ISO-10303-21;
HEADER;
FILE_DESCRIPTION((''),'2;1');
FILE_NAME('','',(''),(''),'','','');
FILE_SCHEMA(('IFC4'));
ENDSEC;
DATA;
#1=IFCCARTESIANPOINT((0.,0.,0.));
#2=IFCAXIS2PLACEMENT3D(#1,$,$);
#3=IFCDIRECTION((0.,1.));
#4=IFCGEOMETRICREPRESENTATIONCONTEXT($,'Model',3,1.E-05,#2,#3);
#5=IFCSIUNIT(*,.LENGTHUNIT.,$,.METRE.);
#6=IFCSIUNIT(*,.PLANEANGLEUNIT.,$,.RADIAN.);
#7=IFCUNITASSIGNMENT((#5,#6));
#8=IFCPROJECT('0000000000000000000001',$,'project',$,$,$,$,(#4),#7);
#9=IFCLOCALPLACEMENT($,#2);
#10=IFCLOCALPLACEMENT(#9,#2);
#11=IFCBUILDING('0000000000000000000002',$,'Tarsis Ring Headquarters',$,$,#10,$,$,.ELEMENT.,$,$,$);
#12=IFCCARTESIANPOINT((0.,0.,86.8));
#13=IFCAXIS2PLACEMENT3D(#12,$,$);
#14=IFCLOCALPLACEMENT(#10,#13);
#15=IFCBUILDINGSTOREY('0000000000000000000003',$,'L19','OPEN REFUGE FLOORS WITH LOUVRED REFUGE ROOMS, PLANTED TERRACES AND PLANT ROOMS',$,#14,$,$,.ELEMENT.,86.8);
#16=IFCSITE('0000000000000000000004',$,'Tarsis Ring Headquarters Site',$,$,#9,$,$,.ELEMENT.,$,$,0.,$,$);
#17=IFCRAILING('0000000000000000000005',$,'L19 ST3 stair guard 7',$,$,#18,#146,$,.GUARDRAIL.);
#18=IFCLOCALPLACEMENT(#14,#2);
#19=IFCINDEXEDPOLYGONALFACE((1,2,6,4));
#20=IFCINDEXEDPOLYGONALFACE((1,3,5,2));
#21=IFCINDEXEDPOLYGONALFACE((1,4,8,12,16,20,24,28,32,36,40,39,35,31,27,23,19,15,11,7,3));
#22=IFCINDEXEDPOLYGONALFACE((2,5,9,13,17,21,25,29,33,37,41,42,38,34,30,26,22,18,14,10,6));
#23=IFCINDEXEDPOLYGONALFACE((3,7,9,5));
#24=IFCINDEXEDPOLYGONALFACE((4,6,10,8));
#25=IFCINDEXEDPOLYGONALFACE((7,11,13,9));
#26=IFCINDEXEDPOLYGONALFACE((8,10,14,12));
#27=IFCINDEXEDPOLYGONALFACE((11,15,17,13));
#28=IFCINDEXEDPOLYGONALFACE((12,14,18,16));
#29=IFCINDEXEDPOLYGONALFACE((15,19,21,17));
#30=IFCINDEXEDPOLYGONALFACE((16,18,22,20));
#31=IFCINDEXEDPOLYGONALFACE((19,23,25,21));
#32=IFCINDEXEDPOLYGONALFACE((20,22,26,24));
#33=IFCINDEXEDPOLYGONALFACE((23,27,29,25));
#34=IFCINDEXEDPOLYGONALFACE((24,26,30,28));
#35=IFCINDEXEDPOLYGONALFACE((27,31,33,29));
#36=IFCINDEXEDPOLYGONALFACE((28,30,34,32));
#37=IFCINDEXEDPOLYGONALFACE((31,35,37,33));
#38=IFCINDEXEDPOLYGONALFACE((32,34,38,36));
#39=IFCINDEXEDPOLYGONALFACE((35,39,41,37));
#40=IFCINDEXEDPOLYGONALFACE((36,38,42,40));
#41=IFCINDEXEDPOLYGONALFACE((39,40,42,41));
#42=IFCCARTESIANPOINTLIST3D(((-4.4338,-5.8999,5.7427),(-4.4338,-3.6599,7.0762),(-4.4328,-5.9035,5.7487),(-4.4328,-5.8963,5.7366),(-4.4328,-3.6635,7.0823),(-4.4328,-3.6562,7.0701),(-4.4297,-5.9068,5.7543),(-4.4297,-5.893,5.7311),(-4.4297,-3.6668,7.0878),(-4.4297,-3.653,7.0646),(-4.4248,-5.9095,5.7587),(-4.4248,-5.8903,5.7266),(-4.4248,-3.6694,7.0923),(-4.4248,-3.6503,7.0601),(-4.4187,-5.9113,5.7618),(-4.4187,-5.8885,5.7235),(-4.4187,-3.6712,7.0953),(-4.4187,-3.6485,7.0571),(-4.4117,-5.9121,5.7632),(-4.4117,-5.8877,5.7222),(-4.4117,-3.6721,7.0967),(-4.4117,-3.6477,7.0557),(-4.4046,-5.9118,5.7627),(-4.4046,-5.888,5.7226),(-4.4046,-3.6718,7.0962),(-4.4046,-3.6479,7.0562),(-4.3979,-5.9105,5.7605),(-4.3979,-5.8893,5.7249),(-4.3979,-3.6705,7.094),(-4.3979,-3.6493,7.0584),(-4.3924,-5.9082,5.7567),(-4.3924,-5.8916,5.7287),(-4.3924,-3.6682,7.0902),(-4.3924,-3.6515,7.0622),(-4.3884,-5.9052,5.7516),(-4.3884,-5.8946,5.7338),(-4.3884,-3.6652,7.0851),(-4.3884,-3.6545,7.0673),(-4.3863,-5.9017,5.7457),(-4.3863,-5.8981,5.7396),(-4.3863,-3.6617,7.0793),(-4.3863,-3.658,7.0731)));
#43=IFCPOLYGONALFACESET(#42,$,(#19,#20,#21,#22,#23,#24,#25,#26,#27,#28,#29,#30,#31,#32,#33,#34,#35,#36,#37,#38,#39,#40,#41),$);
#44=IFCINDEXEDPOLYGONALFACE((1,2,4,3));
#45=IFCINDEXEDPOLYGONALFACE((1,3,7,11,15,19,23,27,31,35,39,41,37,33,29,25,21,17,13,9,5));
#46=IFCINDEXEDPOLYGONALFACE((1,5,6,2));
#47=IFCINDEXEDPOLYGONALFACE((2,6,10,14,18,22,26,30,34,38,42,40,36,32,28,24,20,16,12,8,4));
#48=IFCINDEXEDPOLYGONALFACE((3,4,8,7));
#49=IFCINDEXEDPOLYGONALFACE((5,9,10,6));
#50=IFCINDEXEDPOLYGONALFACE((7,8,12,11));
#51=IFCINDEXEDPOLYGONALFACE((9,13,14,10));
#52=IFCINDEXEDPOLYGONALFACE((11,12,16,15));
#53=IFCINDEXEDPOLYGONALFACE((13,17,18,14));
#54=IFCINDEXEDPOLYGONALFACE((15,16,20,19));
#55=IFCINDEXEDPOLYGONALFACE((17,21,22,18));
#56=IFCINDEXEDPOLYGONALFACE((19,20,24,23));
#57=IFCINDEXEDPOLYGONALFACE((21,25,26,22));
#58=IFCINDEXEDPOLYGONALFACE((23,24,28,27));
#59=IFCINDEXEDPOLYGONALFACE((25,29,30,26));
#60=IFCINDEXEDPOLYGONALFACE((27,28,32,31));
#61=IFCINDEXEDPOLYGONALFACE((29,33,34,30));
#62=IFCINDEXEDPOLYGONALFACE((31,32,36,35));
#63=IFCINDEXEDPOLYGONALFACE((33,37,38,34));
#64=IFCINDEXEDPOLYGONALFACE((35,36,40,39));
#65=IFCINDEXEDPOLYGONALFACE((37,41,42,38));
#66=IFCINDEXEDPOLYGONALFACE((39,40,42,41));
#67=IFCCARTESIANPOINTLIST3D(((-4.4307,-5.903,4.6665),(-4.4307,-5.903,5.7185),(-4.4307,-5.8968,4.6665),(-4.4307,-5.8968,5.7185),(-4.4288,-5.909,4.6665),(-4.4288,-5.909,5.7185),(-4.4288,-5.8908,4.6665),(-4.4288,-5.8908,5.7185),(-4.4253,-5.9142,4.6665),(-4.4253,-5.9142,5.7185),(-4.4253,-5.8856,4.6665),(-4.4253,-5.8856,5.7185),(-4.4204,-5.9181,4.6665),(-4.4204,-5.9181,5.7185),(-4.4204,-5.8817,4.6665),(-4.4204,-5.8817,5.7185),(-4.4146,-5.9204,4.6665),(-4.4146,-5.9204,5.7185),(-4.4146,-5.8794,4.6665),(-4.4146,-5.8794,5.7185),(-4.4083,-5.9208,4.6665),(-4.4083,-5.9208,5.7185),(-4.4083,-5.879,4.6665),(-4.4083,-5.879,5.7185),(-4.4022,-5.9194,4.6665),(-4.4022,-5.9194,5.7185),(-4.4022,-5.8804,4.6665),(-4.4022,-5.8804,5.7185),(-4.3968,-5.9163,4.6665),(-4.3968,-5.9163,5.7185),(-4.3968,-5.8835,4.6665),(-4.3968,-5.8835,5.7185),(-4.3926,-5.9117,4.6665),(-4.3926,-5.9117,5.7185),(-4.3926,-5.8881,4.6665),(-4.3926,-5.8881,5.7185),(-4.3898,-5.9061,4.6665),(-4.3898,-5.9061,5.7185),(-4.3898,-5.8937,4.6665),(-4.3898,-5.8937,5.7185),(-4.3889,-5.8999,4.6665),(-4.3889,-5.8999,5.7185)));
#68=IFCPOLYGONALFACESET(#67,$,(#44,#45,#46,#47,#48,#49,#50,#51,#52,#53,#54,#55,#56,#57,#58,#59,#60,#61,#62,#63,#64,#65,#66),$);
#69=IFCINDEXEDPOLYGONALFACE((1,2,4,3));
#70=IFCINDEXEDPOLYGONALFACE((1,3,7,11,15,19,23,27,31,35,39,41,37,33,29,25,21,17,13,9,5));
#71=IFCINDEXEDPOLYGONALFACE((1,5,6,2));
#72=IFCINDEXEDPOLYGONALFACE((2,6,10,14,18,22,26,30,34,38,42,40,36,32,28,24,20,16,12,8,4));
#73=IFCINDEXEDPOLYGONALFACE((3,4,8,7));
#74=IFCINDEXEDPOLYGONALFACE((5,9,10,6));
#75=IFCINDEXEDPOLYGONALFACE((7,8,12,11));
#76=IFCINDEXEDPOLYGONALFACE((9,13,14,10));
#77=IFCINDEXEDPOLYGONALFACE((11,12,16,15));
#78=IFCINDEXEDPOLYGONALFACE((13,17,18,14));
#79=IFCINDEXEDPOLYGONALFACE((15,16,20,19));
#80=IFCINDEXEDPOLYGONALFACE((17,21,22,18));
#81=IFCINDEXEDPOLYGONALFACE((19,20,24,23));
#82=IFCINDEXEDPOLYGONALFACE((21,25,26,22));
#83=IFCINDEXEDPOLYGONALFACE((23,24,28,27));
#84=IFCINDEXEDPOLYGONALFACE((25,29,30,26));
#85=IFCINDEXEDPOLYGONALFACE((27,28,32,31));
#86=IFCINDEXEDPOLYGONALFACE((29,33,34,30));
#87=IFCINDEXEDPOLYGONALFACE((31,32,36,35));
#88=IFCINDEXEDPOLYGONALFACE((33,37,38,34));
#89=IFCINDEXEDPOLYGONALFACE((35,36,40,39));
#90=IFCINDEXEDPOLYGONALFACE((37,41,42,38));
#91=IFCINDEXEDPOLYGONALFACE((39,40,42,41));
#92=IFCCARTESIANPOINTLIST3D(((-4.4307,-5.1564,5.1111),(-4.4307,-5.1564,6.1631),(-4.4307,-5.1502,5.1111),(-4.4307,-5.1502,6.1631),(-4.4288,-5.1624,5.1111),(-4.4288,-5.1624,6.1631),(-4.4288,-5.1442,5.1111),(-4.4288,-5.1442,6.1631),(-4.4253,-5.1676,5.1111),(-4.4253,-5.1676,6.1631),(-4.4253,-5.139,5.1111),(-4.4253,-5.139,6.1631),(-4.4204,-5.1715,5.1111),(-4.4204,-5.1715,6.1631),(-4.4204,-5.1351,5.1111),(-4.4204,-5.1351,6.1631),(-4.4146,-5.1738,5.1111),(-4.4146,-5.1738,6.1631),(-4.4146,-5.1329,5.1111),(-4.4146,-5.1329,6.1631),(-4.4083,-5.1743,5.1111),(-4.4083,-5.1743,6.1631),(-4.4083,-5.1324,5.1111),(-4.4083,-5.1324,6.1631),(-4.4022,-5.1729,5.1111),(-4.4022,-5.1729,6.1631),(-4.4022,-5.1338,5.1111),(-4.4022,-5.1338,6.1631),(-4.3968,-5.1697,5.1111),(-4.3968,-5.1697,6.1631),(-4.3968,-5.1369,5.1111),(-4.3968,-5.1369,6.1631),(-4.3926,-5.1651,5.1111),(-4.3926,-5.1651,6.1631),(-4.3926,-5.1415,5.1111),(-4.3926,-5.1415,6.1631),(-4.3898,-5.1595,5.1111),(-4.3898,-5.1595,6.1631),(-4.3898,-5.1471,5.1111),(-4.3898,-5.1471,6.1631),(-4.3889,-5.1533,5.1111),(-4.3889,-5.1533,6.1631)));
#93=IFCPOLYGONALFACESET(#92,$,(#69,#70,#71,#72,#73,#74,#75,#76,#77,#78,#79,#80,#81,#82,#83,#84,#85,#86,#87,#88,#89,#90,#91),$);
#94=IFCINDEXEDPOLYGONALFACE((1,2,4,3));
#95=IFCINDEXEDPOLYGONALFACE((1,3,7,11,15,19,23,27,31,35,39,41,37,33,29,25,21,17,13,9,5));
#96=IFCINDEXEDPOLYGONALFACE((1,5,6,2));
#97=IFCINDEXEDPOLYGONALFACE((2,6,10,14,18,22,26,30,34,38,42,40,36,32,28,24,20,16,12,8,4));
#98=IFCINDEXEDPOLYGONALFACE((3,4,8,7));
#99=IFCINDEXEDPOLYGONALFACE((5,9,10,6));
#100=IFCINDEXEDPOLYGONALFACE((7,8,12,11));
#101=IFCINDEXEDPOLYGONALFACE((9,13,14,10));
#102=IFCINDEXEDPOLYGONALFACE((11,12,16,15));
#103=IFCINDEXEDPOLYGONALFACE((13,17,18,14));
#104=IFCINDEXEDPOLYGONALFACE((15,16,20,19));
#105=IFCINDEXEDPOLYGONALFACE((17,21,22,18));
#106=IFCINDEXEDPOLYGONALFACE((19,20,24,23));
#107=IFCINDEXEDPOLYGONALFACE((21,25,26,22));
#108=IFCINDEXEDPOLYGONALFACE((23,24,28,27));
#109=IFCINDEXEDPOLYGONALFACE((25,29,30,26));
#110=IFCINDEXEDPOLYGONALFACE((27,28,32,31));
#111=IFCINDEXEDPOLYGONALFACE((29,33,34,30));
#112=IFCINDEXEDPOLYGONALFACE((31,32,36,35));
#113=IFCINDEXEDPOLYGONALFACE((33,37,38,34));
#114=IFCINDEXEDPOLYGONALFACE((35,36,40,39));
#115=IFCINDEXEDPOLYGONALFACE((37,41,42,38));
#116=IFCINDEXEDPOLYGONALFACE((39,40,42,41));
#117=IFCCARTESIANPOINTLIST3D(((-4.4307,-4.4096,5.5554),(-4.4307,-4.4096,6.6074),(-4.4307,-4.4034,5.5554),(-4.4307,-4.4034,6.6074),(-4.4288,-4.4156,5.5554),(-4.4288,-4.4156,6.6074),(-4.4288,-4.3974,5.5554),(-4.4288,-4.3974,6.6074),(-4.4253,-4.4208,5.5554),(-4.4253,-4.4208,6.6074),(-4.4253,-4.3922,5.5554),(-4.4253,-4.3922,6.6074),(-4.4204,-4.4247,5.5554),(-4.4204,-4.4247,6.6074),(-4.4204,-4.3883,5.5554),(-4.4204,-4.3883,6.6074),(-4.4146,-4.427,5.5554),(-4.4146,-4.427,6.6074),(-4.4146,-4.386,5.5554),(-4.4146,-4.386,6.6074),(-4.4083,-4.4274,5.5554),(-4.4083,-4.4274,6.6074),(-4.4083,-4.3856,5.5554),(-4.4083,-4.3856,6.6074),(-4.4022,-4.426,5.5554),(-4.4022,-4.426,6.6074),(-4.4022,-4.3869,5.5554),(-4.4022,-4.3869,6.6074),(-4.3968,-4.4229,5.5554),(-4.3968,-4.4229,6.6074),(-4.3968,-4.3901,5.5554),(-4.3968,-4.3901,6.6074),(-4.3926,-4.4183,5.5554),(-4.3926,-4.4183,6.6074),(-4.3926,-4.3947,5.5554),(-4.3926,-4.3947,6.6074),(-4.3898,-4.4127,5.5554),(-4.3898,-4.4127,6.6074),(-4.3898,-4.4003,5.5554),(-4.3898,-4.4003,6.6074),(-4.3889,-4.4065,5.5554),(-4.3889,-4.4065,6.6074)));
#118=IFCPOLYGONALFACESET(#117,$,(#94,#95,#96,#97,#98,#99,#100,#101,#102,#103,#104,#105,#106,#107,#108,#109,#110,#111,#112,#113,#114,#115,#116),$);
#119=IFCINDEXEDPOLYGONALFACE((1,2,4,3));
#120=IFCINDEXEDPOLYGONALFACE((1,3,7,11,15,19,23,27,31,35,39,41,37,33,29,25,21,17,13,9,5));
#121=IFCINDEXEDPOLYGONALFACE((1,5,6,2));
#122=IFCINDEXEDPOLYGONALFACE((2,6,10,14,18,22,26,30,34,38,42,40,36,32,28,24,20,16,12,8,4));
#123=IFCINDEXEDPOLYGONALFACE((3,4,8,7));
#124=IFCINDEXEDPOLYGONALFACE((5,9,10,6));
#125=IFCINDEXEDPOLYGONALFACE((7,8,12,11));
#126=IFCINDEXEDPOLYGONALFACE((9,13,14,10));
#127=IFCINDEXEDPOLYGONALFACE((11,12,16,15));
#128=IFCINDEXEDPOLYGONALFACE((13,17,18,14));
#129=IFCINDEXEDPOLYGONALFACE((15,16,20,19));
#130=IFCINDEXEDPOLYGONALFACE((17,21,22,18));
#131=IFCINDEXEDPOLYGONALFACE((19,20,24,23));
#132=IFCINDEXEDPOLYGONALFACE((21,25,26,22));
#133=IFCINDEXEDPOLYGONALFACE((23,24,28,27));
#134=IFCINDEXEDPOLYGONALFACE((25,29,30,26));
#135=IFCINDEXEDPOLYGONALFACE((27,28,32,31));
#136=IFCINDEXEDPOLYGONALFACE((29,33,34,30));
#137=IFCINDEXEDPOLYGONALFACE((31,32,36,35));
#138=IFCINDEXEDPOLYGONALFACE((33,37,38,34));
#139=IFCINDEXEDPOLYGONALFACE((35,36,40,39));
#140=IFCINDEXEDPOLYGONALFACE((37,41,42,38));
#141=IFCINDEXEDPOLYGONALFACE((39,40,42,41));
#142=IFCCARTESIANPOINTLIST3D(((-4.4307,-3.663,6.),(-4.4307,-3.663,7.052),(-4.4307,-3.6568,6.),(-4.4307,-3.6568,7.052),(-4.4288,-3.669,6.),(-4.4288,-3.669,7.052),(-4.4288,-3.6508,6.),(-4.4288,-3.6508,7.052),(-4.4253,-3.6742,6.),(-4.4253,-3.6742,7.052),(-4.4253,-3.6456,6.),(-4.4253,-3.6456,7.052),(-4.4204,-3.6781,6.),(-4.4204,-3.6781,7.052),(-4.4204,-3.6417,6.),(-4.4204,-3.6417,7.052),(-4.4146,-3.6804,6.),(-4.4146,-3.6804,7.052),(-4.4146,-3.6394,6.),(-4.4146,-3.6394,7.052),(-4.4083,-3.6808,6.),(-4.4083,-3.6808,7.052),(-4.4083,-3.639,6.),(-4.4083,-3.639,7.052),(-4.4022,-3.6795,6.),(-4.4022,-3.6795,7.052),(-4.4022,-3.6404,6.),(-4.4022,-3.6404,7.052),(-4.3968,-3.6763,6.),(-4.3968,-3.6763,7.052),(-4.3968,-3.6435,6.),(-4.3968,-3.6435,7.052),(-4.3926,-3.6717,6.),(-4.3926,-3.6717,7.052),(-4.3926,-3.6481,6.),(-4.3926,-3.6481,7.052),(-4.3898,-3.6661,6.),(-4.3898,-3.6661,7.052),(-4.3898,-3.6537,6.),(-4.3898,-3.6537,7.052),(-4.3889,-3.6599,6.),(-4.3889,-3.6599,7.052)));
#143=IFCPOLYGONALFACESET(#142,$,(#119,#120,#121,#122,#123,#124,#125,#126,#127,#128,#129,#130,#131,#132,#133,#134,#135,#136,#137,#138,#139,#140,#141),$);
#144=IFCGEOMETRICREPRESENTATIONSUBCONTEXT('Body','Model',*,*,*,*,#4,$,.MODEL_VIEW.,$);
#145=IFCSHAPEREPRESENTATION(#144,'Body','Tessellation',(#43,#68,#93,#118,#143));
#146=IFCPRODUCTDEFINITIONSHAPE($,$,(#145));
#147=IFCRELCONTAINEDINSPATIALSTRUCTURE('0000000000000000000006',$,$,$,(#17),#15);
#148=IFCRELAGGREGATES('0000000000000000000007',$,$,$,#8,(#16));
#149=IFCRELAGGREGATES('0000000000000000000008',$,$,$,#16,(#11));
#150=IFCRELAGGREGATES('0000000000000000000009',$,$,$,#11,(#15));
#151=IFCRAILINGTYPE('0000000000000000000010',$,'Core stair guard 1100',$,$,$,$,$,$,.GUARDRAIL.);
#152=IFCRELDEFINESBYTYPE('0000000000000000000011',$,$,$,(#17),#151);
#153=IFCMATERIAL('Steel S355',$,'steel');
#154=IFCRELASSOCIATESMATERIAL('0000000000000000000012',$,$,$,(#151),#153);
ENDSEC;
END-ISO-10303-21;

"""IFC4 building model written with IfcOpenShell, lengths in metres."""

from ifc_helpers import new_model, si_unit, direction, frame, origin, origin_2d, place, context, subcontext, project, spatial, circle, extrude, material, type_object, element, save


model = new_model("IFC4")

# Units and contexts
model_context = context("Model", 3, precision=1e-05, world=origin(), true_north=direction((0.0, 1.0)))
body_context = subcontext(model_context, "Body", "Model", "MODEL_VIEW")
ifc_project = project(units=[si_unit("LENGTHUNIT", "METRE"), si_unit("PLANEANGLEUNIT", "RADIAN")], contexts=[model_context])

# Site, building, storey
site_placement = place(None, origin())
site = spatial("IfcSite", under=ifc_project, at=site_placement, Name="Tarsis Ring Headquarters Site", CompositionType="ELEMENT", RefElevation=0.0)
building_placement = place(site_placement, origin())
building = spatial("IfcBuilding", under=site, at=building_placement, Name="Tarsis Ring Headquarters", CompositionType="ELEMENT")
storey_placement = place(building_placement, frame((0.0, 0.0, 86.8)))
storey = spatial("IfcBuildingStorey", under=building, at=storey_placement, Name="L19", Description="OPEN REFUGE FLOORS WITH LOUVRED REFUGE ROOMS, PLANTED TERRACES AND PLANT ROOMS", CompositionType="ELEMENT", Elevation=86.8)

# Railing
ifc_material_1 = material(Name="Steel S355", Category="steel")
railing_type_1 = type_object("IfcRailingType", Name="Core stair guard 1100", PredefinedType="GUARDRAIL", material=ifc_material_1)
railing_1_placement = place(storey_placement, frame((-4.4099, -5.8999, 4.6665)))
element("IfcRailing", 1, at=railing_1_placement, inside=storey, type_object=railing_type_1, Name="L19 ST3 stair guard 7", PredefinedType="GUARDRAIL", context=body_context, shape_type="SweptSolid", body=[
    extrude(circle(Radius=0.0239, at=origin_2d()), frame((0.0, 0.0, 1.0762), z_axis=(0.0, 0.859264, 0.511532), x_axis=(-1.0, 0.0, 0.0)), (0.0, 0.0, 1.0), 2.6069),
    extrude(circle(Radius=0.021, at=origin_2d()), origin(), (0.0, 0.0, 1.0), 1.052),
    extrude(circle(Radius=0.021, at=origin_2d()), frame((0.0, 0.7466, 0.4446)), (0.0, 0.0, 1.0), 1.052),
    extrude(circle(Radius=0.021, at=origin_2d()), frame((0.0, 1.4934, 0.8889)), (0.0, 0.0, 1.0), 1.052),
    extrude(circle(Radius=0.021, at=origin_2d()), frame((0.0, 2.24, 1.3335)), (0.0, 0.0, 1.0), 1.052),
])

save(model, "model.ifc")
